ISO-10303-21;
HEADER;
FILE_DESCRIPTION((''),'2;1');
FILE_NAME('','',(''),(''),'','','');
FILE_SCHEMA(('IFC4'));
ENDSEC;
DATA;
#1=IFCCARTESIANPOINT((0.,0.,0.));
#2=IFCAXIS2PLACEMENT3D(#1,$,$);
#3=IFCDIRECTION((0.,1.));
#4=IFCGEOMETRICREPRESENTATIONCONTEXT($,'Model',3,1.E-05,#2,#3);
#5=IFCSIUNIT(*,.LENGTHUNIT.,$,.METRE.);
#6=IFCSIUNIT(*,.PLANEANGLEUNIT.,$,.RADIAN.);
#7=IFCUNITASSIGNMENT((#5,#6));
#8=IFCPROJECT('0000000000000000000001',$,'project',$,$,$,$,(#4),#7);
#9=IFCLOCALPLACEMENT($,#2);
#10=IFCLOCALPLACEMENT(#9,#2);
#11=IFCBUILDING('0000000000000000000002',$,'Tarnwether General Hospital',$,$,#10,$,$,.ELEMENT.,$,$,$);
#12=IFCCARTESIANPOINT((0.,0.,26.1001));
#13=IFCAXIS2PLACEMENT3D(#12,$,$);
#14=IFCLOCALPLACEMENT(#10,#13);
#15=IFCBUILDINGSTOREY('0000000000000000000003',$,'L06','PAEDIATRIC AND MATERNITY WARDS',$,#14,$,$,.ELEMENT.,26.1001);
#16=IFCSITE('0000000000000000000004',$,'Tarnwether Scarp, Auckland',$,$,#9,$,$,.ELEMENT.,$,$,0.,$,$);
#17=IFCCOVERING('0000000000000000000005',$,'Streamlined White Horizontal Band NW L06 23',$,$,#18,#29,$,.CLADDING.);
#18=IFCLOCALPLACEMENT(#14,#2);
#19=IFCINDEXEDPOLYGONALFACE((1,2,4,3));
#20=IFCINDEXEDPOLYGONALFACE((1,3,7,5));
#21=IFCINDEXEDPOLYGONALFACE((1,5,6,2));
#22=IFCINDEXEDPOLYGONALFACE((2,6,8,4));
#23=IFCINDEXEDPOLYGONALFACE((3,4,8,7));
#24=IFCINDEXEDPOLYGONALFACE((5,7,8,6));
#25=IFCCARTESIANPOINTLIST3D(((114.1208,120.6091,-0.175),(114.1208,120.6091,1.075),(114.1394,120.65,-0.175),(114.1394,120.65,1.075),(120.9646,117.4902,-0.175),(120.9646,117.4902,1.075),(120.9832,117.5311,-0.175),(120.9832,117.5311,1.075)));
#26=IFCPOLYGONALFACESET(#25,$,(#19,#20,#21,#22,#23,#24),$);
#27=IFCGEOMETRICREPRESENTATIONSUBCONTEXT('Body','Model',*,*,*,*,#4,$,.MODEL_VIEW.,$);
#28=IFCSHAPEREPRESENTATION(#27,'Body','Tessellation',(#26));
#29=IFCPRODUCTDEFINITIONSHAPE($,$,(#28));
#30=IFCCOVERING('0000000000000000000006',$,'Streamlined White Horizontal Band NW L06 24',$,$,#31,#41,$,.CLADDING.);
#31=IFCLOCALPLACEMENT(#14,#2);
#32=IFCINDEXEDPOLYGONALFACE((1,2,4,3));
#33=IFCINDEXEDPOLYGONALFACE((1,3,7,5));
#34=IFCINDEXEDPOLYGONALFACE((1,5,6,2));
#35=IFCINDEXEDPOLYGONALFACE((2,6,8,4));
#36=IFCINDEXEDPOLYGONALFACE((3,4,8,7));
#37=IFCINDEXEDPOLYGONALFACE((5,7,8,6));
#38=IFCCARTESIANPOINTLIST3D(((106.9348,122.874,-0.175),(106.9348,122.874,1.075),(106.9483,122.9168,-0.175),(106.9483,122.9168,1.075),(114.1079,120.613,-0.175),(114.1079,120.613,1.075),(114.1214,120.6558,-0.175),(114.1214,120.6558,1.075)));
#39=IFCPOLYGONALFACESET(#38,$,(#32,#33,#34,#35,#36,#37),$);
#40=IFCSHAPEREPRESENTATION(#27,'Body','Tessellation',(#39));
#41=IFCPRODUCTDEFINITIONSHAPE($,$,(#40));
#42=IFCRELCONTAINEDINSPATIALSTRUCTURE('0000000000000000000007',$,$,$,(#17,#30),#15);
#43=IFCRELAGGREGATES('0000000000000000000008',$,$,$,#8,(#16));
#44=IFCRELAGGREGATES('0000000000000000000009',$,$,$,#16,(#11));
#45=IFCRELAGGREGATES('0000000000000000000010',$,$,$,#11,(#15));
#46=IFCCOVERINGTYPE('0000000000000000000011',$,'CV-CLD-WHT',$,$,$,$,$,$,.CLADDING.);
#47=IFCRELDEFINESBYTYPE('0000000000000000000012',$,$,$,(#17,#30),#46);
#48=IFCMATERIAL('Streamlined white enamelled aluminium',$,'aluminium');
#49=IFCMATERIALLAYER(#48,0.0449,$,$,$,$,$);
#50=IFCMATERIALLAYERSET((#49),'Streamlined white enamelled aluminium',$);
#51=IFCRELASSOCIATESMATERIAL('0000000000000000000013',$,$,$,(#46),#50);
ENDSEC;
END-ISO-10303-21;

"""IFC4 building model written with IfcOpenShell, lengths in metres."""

from ifc_helpers import new_model, si_unit, direction, frame, origin, origin_2d, place, context, subcontext, project, spatial, rectangle, extrude, material, layer, layer_set, type_object, element, save


model = new_model("IFC4")

# Units and contexts
model_context = context("Model", 3, precision=1e-05, world=origin(), true_north=direction((0.0, 1.0)))
body_context = subcontext(model_context, "Body", "Model", "MODEL_VIEW")
ifc_project = project(units=[si_unit("LENGTHUNIT", "METRE"), si_unit("PLANEANGLEUNIT", "RADIAN")], contexts=[model_context])

# Site, building, storey
site_placement = place(None, origin())
site = spatial("IfcSite", under=ifc_project, at=site_placement, Name="Tarnwether Scarp, Auckland", CompositionType="ELEMENT", RefElevation=0.0)
building_placement = place(site_placement, origin())
building = spatial("IfcBuilding", under=site, at=building_placement, Name="Tarnwether General Hospital", CompositionType="ELEMENT")
storey_placement = place(building_placement, frame((0.0, 0.0, 26.1001)))
storey = spatial("IfcBuildingStorey", under=building, at=storey_placement, Name="L06", Description="PAEDIATRIC AND MATERNITY WARDS", CompositionType="ELEMENT", Elevation=26.1001)

# Coverings
ifc_material_1 = material(Name="Streamlined white enamelled aluminium", Category="aluminium")
ifc_layer_1 = layer(ifc_material_1, 0.0449)
ifc_layer_set_1 = layer_set([ifc_layer_1], Name="Streamlined white enamelled aluminium")
covering_type = type_object("IfcCoveringType", Name="CV-CLD-WHT", PredefinedType="CLADDING", material=ifc_layer_set_1)
for number, where, z_axis, x_axis, name in (
    (1, (117.552, 119.0701, -0.175), (0.0, 0.0, 1.0), (0.909961, -0.414693, 0.0), "Streamlined White Horizontal Band NW L06 23"),
    (2, (110.5281, 121.7649, -0.175), (0.0, 0.0, 1.0), (0.953743, -0.300623, 0.0), "Streamlined White Horizontal Band NW L06 24"),
):
    element("IfcCovering", number, at=place(storey_placement, frame(where, z_axis=z_axis, x_axis=x_axis)), inside=storey, type_object=covering_type, Name=name, PredefinedType="CLADDING", context=body_context, shape_type="SweptSolid", body=[
        extrude(rectangle(XDim=7.521, YDim=0.0449, at=origin_2d()), origin(), (0.0, 0.0, 1.0), 1.25),
    ])

save(model, "model.ifc")
